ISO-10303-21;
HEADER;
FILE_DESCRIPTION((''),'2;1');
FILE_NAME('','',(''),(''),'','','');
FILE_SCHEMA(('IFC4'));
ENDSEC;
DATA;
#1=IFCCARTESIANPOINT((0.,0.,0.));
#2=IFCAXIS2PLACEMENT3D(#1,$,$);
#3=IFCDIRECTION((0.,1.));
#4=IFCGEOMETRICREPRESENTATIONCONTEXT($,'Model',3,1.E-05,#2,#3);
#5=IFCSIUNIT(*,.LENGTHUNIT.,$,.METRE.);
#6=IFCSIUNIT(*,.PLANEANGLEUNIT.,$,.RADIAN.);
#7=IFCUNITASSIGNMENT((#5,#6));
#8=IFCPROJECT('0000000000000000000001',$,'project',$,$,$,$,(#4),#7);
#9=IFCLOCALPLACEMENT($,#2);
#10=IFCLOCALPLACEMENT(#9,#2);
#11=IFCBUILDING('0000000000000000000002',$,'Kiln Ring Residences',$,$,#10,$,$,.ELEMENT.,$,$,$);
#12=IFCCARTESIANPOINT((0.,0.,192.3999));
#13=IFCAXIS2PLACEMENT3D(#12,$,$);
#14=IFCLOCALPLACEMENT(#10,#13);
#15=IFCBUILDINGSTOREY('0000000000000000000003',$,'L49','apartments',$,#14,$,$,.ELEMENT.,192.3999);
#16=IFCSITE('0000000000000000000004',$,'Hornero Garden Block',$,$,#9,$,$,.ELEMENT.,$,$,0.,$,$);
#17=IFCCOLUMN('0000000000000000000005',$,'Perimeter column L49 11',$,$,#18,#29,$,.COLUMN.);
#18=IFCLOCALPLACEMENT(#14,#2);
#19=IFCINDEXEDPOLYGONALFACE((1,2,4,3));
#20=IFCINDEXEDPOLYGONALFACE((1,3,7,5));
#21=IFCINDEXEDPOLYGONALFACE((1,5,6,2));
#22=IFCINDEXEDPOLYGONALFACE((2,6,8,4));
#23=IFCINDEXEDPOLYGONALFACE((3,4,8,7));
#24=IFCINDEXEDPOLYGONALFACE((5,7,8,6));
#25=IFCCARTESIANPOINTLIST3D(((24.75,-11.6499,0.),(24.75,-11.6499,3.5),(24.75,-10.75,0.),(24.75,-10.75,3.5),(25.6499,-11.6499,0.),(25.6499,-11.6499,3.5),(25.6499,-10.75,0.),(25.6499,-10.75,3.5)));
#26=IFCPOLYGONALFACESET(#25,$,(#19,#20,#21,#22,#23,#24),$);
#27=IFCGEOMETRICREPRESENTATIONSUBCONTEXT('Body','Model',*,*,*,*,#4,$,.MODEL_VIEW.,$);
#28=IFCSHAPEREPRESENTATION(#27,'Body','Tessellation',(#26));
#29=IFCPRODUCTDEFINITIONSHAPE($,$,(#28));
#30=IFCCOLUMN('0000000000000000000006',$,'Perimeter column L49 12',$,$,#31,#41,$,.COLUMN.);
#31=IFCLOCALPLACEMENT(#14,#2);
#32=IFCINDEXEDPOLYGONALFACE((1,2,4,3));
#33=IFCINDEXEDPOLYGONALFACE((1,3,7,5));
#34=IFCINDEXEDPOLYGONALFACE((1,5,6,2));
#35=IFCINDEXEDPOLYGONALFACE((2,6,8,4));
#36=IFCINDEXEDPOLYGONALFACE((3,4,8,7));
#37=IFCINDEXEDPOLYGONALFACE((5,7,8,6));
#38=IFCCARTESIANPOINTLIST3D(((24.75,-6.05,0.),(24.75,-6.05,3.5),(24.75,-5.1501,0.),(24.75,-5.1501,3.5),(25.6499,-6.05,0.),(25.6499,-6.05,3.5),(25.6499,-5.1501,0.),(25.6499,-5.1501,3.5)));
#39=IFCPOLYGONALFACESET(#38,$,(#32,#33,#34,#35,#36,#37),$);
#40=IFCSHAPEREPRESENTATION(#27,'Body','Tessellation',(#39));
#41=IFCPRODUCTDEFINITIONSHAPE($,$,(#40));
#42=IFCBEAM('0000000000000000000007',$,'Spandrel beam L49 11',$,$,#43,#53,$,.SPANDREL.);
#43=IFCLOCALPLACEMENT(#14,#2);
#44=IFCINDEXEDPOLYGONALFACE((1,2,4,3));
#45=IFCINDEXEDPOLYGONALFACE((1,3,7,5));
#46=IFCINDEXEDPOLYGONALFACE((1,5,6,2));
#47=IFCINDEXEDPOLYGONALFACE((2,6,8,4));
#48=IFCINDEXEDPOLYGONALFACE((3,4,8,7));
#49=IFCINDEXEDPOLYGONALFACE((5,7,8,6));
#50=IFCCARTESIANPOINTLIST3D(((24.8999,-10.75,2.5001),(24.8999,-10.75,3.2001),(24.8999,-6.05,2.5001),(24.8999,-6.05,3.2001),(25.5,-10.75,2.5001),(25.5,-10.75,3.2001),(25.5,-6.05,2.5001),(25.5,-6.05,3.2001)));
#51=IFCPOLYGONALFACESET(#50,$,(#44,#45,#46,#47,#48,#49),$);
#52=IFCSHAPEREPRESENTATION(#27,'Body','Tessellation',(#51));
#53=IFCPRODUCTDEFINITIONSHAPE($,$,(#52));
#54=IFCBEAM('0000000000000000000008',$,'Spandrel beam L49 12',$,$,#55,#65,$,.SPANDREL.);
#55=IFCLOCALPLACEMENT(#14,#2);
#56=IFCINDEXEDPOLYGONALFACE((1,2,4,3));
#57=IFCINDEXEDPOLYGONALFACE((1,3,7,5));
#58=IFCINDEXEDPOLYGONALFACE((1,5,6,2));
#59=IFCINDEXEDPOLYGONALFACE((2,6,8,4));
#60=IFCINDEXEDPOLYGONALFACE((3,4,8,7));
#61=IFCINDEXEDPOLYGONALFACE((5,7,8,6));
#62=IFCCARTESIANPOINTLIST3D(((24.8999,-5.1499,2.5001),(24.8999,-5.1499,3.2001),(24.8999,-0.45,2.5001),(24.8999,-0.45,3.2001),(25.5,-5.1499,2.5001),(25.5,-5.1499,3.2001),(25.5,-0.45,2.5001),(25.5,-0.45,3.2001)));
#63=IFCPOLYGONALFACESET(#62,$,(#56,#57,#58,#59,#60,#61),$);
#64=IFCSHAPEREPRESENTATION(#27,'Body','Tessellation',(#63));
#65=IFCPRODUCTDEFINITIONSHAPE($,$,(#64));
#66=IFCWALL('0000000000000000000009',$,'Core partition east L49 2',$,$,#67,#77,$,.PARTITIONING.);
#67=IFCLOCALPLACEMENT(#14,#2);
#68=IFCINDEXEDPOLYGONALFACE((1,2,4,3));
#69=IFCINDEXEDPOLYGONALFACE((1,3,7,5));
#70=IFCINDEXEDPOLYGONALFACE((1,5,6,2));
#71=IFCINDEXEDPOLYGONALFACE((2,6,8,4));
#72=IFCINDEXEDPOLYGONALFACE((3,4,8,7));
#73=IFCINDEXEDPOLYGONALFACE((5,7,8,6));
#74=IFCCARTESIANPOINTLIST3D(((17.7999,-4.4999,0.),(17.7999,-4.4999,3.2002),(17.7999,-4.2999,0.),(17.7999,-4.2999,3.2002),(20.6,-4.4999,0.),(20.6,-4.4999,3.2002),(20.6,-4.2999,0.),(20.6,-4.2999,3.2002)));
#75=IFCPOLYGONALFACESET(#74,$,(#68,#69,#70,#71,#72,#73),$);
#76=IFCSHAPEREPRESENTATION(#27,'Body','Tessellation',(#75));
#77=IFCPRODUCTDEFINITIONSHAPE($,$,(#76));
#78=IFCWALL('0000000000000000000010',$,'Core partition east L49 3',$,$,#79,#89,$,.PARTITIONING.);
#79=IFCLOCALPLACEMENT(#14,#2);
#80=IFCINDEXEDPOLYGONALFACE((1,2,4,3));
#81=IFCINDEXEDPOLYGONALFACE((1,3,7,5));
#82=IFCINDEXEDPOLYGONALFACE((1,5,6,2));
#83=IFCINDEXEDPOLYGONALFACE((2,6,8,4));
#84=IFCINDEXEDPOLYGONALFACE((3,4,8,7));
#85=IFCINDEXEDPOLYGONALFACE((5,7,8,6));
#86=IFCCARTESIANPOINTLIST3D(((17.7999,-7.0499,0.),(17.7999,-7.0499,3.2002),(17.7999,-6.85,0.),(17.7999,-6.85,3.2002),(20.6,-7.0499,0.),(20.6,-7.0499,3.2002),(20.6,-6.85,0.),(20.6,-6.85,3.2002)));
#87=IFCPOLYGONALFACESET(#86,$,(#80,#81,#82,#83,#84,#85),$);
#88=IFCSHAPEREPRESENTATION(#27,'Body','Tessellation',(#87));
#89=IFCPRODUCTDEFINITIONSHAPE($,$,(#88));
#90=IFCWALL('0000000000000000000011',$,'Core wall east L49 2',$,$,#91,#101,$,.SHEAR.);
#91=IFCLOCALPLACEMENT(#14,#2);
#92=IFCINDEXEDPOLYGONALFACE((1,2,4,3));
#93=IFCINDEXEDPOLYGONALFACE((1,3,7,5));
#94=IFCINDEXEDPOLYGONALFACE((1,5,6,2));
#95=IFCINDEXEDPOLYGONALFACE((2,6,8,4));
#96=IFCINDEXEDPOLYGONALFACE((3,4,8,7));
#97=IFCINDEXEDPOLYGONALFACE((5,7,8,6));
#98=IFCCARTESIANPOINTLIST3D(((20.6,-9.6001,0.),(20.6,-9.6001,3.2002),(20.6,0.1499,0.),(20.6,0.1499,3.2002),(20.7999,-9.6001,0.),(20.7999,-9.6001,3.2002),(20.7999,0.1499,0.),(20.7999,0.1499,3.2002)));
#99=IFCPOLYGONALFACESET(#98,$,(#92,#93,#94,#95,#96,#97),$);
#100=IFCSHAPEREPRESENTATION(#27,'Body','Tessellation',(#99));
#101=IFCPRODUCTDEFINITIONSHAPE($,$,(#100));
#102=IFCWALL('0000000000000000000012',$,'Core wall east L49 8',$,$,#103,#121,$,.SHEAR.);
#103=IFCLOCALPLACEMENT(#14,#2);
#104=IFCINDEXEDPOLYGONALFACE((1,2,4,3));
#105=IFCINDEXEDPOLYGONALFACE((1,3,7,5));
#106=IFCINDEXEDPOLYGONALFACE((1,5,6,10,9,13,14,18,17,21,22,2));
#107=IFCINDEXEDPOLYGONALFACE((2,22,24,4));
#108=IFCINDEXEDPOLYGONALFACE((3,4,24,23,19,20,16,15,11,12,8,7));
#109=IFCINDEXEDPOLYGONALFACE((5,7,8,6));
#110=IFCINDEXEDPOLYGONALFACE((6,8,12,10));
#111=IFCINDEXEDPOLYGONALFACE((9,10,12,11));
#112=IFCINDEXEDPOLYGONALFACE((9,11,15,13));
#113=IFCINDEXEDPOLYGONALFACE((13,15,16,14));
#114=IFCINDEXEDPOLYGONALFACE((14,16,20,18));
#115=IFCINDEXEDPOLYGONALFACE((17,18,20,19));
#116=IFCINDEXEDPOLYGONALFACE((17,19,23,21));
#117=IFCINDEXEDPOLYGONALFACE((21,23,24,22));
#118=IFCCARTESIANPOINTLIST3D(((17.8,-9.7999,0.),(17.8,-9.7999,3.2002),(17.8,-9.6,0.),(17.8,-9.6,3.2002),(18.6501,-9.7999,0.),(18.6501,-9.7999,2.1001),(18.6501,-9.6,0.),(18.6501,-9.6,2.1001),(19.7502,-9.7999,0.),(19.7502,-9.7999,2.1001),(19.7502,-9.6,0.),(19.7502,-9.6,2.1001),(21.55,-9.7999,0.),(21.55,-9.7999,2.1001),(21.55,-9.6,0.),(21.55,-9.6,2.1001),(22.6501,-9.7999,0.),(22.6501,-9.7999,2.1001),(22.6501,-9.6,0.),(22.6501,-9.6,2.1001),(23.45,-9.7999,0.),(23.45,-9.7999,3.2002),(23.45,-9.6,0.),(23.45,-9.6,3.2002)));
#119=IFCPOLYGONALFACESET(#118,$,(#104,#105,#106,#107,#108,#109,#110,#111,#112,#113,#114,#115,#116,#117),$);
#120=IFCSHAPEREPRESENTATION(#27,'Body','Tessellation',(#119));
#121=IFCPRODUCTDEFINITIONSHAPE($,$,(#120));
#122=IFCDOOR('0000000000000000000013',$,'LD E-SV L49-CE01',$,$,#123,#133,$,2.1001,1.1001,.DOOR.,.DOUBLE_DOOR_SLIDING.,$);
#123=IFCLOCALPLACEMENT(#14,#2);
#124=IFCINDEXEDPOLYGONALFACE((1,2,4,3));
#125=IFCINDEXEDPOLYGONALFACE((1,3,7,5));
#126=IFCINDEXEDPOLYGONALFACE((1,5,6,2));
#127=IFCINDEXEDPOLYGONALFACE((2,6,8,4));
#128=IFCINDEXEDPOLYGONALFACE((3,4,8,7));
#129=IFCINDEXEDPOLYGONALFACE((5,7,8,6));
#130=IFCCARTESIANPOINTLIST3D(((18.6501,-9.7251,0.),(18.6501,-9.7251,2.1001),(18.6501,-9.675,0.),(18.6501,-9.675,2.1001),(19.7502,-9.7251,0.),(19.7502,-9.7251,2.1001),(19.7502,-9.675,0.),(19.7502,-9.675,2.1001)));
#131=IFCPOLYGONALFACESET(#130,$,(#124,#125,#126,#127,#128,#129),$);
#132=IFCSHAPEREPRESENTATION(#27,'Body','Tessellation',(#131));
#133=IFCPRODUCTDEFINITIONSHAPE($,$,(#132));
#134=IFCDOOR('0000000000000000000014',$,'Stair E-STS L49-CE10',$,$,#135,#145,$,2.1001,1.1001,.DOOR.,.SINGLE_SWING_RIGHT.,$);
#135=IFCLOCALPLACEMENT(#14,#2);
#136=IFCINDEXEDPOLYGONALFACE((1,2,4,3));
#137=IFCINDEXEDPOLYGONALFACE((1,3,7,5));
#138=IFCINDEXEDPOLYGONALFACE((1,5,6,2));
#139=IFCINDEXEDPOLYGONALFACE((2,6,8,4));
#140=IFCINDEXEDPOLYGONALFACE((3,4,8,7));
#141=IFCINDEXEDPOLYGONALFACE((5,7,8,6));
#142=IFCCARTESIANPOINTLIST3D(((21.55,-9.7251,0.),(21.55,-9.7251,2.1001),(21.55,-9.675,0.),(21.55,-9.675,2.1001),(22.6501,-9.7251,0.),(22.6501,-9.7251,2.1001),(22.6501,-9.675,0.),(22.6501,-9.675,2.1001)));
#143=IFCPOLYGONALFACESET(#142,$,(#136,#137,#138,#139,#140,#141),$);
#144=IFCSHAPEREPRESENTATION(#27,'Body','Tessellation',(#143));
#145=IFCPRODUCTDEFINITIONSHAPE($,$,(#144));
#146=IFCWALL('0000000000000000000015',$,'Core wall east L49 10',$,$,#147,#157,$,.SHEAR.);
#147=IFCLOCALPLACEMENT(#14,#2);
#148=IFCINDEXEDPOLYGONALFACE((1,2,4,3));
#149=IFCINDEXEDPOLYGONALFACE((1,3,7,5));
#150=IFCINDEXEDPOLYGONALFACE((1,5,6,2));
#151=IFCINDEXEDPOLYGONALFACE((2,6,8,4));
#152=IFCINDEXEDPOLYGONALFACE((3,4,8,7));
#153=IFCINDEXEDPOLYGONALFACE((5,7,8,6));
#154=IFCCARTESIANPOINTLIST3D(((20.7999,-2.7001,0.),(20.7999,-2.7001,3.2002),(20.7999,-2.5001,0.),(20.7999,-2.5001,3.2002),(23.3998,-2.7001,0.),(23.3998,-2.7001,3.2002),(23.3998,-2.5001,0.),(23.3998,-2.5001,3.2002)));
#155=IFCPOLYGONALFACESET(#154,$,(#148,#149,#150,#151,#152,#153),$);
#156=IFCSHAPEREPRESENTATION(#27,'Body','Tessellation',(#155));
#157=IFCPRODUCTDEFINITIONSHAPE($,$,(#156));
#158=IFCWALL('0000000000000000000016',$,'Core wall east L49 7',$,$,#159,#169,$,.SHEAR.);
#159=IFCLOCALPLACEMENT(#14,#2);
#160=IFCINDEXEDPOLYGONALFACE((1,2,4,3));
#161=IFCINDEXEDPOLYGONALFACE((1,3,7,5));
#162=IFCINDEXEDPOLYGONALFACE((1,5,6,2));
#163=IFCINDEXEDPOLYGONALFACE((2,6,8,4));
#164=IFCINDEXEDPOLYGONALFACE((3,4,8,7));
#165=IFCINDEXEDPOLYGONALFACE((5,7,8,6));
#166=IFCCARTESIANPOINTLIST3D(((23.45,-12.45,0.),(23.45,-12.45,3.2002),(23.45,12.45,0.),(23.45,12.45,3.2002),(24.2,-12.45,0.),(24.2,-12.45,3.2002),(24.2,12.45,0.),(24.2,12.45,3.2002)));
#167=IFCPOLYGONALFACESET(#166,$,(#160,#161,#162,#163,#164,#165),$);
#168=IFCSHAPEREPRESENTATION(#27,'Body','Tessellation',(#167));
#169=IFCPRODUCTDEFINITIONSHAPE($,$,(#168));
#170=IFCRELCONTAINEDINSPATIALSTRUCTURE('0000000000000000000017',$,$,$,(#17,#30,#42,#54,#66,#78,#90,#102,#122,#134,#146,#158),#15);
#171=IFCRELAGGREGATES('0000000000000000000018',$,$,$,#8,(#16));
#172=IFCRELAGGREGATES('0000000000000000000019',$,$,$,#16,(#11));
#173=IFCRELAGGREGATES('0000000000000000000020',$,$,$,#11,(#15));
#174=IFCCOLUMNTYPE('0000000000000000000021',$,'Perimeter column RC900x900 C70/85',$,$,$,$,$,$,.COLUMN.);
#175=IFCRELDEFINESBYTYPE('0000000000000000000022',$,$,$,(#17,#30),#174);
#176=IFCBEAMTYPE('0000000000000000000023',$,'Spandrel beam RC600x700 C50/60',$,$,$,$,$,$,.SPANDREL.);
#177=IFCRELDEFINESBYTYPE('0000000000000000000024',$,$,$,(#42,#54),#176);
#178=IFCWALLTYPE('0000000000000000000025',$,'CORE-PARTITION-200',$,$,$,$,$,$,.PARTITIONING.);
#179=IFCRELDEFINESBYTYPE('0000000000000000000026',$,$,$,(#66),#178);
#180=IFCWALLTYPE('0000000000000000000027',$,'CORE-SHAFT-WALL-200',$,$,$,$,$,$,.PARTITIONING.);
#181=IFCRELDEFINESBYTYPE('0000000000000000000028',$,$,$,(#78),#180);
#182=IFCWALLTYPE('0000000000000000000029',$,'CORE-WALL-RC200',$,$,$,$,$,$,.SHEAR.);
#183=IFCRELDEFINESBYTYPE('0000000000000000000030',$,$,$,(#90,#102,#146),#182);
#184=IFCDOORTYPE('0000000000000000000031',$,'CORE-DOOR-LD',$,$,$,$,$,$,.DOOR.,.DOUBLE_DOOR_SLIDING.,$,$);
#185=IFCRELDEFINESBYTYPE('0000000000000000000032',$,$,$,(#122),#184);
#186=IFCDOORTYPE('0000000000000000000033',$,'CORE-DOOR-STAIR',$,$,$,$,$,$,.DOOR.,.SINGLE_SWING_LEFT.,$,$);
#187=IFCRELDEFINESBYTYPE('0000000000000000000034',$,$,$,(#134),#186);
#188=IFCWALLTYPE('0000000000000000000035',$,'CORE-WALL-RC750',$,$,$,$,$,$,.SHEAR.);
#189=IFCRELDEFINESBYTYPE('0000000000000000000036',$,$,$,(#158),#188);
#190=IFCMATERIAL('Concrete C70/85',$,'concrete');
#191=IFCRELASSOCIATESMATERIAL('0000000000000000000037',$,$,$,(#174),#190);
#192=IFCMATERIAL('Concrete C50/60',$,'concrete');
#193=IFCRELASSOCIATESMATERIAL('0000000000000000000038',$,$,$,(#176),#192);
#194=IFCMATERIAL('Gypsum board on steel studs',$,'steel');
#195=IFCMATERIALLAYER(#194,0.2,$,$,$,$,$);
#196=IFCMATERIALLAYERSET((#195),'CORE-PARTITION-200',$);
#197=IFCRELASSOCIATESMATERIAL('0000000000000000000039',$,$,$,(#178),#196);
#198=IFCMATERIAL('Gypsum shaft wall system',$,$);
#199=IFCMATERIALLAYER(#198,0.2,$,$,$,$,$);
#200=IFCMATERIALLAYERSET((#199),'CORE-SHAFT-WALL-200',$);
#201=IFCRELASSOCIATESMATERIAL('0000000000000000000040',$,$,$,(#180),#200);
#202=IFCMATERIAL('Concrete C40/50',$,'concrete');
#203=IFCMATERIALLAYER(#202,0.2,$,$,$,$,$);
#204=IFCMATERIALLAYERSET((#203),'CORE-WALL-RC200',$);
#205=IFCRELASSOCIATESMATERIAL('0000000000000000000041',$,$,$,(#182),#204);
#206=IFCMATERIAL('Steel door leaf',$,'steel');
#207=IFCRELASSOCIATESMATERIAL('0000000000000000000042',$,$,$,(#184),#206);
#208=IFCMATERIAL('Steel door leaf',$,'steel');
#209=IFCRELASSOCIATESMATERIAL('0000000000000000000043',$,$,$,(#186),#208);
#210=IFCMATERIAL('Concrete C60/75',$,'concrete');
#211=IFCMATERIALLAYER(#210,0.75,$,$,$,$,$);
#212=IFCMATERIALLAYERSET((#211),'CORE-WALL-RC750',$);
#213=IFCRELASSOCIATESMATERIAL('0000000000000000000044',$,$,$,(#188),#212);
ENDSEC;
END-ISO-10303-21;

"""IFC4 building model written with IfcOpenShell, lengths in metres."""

from ifc_helpers import new_model, si_unit, direction, frame, frame_2d, origin, origin_2d, place, context, subcontext, project, spatial, rectangle, extrude, material, layer, layer_set, material_profile, profile_set, type_object, element, fill, save


model = new_model("IFC4")

# Units and contexts
model_context = context("Model", 3, precision=1e-05, world=origin(), true_north=direction((0.0, 1.0)))
body_context = subcontext(model_context, "Body", "Model", "MODEL_VIEW")
ifc_project = project(units=[si_unit("LENGTHUNIT", "METRE"), si_unit("PLANEANGLEUNIT", "RADIAN")], contexts=[model_context])

# Site, building, storey
site_placement = place(None, origin())
site = spatial("IfcSite", under=ifc_project, at=site_placement, Name="Hornero Garden Block", CompositionType="ELEMENT", RefElevation=0.0)
building_placement = place(site_placement, origin())
building = spatial("IfcBuilding", under=site, at=building_placement, Name="Kiln Ring Residences", CompositionType="ELEMENT")
storey_placement = place(building_placement, frame((0.0, 0.0, 192.3999)))
storey = spatial("IfcBuildingStorey", under=building, at=storey_placement, Name="L49", Description="apartments", CompositionType="ELEMENT", Elevation=192.3999)

# Columns
ifc_material_1 = material(Name="Concrete C70/85", Category="concrete")
ifc_material_profile_1 = material_profile(ifc_material_1, rectangle(XDim=0.8999, YDim=0.8999, at=origin_2d()), Name="RC900x900")
ifc_profile_set_1 = profile_set([ifc_material_profile_1], Name="Concrete C70/85")
column_type = type_object("IfcColumnType", Name="Perimeter column RC900x900 C70/85", PredefinedType="COLUMN", material=ifc_profile_set_1)
for number, where, z_axis, x_axis, name in (
    (1, (25.2, -11.2, 0.0), (0.0, 0.0, 1.0), (1.0, 0.0, 0.0), "Perimeter column L49 11"),
    (2, (25.2, -5.6001, 0.0), (0.0, 0.0, 1.0), (1.0, 0.0, 0.0), "Perimeter column L49 12"),
):
    element("IfcColumn", number, at=place(storey_placement, frame(where, z_axis=z_axis, x_axis=x_axis)), inside=storey, type_object=column_type, Name=name, PredefinedType="COLUMN", context=body_context, shape_type="SweptSolid", body=[
        extrude(rectangle(XDim=0.8999, YDim=0.8999, at=origin_2d()), origin(), (0.0, 0.0, 1.0), 3.5),
    ])

# Beams
ifc_material_2 = material(Name="Concrete C50/60", Category="concrete")
ifc_material_profile_2 = material_profile(ifc_material_2, rectangle(XDim=0.6001, YDim=0.7, at=origin_2d()), Name="RC600x700")
ifc_profile_set_2 = profile_set([ifc_material_profile_2], Name="Concrete C50/60")
beam_type = type_object("IfcBeamType", Name="Spandrel beam RC600x700 C50/60", PredefinedType="SPANDREL", material=ifc_profile_set_2)
for number, where, z_axis, x_axis, name in (
    (3, (25.2, -10.75, 2.8501), (0.0, 1.0, 0.0), (-1.0, 0.0, 0.0), "Spandrel beam L49 11"),
    (4, (25.2, -5.1499, 2.8501), (0.0, 1.0, 0.0), (-1.0, 0.0, 0.0), "Spandrel beam L49 12"),
):
    element("IfcBeam", number, at=place(storey_placement, frame(where, z_axis=z_axis, x_axis=x_axis)), inside=storey, type_object=beam_type, Name=name, PredefinedType="SPANDREL", context=body_context, shape_type="SweptSolid", body=[
        extrude(rectangle(XDim=0.6001, YDim=0.7, at=origin_2d()), origin(), (0.0, 0.0, 1.0), 4.7),
    ])

# Walls
ifc_material_3 = material(Name="Gypsum board on steel studs", Category="steel")
ifc_layer_1 = layer(ifc_material_3, 0.2)
ifc_layer_set_1 = layer_set([ifc_layer_1], Name="CORE-PARTITION-200")
wall_type_1 = type_object("IfcWallType", Name="CORE-PARTITION-200", PredefinedType="PARTITIONING", material=ifc_layer_set_1)
wall_1_placement = place(storey_placement, frame((17.8, -4.3999, 0.0), z_axis=(0.0, 0.0, 1.0), x_axis=(1.0, 0.0, 0.0)))
element("IfcWall", 5, at=wall_1_placement, inside=storey, type_object=wall_type_1, Name="Core partition east L49 2", PredefinedType="PARTITIONING", context=body_context, shape_type="SweptSolid", body=[
    extrude(rectangle(XDim=2.8, YDim=0.2, at=frame_2d((1.3999, 0.0))), origin(), (0.0, 0.0, 1.0), 3.2002),
])
ifc_material_4 = material(Name="Gypsum shaft wall system")
ifc_layer_2 = layer(ifc_material_4, 0.2)
ifc_layer_set_2 = layer_set([ifc_layer_2], Name="CORE-SHAFT-WALL-200")
wall_type_2 = type_object("IfcWallType", Name="CORE-SHAFT-WALL-200", PredefinedType="PARTITIONING", material=ifc_layer_set_2)
wall_2_placement = place(storey_placement, frame((17.8, -6.95, 0.0), z_axis=(0.0, 0.0, 1.0), x_axis=(1.0, 0.0, 0.0)))
element("IfcWall", 6, at=wall_2_placement, inside=storey, type_object=wall_type_2, Name="Core partition east L49 3", PredefinedType="PARTITIONING", context=body_context, shape_type="SweptSolid", body=[
    extrude(rectangle(XDim=2.8, YDim=0.2, at=frame_2d((1.3999, 0.0))), origin(), (0.0, 0.0, 1.0), 3.2002),
])
ifc_material_5 = material(Name="Concrete C40/50", Category="concrete")
ifc_layer_3 = layer(ifc_material_5, 0.2)
ifc_layer_set_3 = layer_set([ifc_layer_3], Name="CORE-WALL-RC200")
wall_type_3 = type_object("IfcWallType", Name="CORE-WALL-RC200", PredefinedType="SHEAR", material=ifc_layer_set_3)
wall_3_placement = place(storey_placement, frame((20.7, -9.6001, 0.0), z_axis=(0.0, 0.0, 1.0), x_axis=(0.0, 1.0, 0.0)))
element("IfcWall", 7, at=wall_3_placement, inside=storey, type_object=wall_type_3, Name="Core wall east L49 2", PredefinedType="SHEAR", context=body_context, shape_type="SweptSolid", body=[
    extrude(rectangle(XDim=9.75, YDim=0.2, at=frame_2d((4.875, 0.0))), origin(), (0.0, 0.0, 1.0), 3.2002),
])

# Wall, openings, doors
wall_4_placement = place(storey_placement, frame((17.8, -9.7, 0.0), z_axis=(0.0, 0.0, 1.0), x_axis=(1.0, 0.0, 0.0)))
wall_4 = element("IfcWall", 8, at=wall_4_placement, inside=storey, type_object=wall_type_3, Name="Core wall east L49 8", PredefinedType="SHEAR", context=body_context, shape_type="SweptSolid", body=[
    extrude(rectangle(XDim=5.6499, YDim=0.2, at=frame_2d((2.825, 0.0))), origin(), (0.0, 0.0, 1.0), 3.2002),
])
opening_1_placement = place(wall_4_placement, frame((0.8501, 0.0, 0.0)))
opening_1 = element("IfcOpeningElement", 9, at=opening_1_placement, cuts=wall_4, PredefinedType="OPENING", context=body_context, shape_type="SweptSolid", body=[
    extrude(rectangle(XDim=1.1001, YDim=2.1001, at=frame_2d((0.55, 1.05))), frame((0.0, 0.1099, 0.0), z_axis=(0.0, -1.0, 0.0), x_axis=(1.0, 0.0, 0.0)), (0.0, 0.0, 1.0), 0.22),
])
opening_2_placement = place(wall_4_placement, frame((3.75, 0.0, 0.0)))
opening_2 = element("IfcOpeningElement", 10, at=opening_2_placement, cuts=wall_4, PredefinedType="OPENING", context=body_context, shape_type="SweptSolid", body=[
    extrude(rectangle(XDim=1.1001, YDim=2.1001, at=frame_2d((0.55, 1.05))), frame((0.0, 0.1099, 0.0), z_axis=(0.0, -1.0, 0.0), x_axis=(1.0, 0.0, 0.0)), (0.0, 0.0, 1.0), 0.22),
])
ifc_material_6 = material(Name="Steel door leaf", Category="steel")
door_type_1 = type_object("IfcDoorType", Name="CORE-DOOR-LD", OperationType="DOUBLE_DOOR_SLIDING", PredefinedType="DOOR", material=ifc_material_6)
door_1_placement = place(opening_1_placement, origin())
door_1 = element("IfcDoor", 11, at=door_1_placement, inside=storey, type_object=door_type_1, Name="LD E-SV L49-CE01", OperationType="DOUBLE_DOOR_SLIDING", OverallHeight=2.1001, OverallWidth=1.1001, PredefinedType="DOOR", context=body_context, shape_type="SweptSolid", body=[
    extrude(rectangle(XDim=1.1001, YDim=2.1001, at=frame_2d((0.55, 1.05))), frame((0.0, 0.0249, 0.0), z_axis=(0.0, -1.0, 0.0), x_axis=(1.0, 0.0, 0.0)), (0.0, 0.0, 1.0), 0.05),
])
fill(opening_1, door_1)
ifc_material_7 = material(Name="Steel door leaf", Category="steel")
door_type_2 = type_object("IfcDoorType", Name="CORE-DOOR-STAIR", OperationType="SINGLE_SWING_LEFT", PredefinedType="DOOR", material=ifc_material_7)
door_2_placement = place(opening_2_placement, origin())
door_2 = element("IfcDoor", 12, at=door_2_placement, inside=storey, type_object=door_type_2, Name="Stair E-STS L49-CE10", OperationType="SINGLE_SWING_RIGHT", OverallHeight=2.1001, OverallWidth=1.1001, PredefinedType="DOOR", context=body_context, shape_type="SweptSolid", body=[
    extrude(rectangle(XDim=1.1001, YDim=2.1001, at=frame_2d((0.55, 1.05))), frame((0.0, 0.0249, 0.0), z_axis=(0.0, -1.0, 0.0), x_axis=(1.0, 0.0, 0.0)), (0.0, 0.0, 1.0), 0.05),
])
fill(opening_2, door_2)

# Walls
wall_5_placement = place(storey_placement, frame((20.8, -2.6001, 0.0), z_axis=(0.0, 0.0, 1.0), x_axis=(1.0, 0.0, 0.0)))
element("IfcWall", 13, at=wall_5_placement, inside=storey, type_object=wall_type_3, Name="Core wall east L49 10", PredefinedType="SHEAR", context=body_context, shape_type="SweptSolid", body=[
    extrude(rectangle(XDim=2.5999, YDim=0.2, at=frame_2d((1.2998, 0.0))), origin(), (0.0, 0.0, 1.0), 3.2002),
])
ifc_material_8 = material(Name="Concrete C60/75", Category="concrete")
ifc_layer_4 = layer(ifc_material_8, 0.75)
ifc_layer_set_4 = layer_set([ifc_layer_4], Name="CORE-WALL-RC750")
wall_type_4 = type_object("IfcWallType", Name="CORE-WALL-RC750", PredefinedType="SHEAR", material=ifc_layer_set_4)
wall_6_placement = place(storey_placement, frame((23.825, -12.45, 0.0), z_axis=(0.0, 0.0, 1.0), x_axis=(0.0, 1.0, 0.0)))
element("IfcWall", 14, at=wall_6_placement, inside=storey, type_object=wall_type_4, Name="Core wall east L49 7", PredefinedType="SHEAR", context=body_context, shape_type="SweptSolid", body=[
    extrude(rectangle(XDim=24.8999, YDim=0.75, at=frame_2d((12.45, 0.0))), origin(), (0.0, 0.0, 1.0), 3.2002),
])

save(model, "model.ifc")
